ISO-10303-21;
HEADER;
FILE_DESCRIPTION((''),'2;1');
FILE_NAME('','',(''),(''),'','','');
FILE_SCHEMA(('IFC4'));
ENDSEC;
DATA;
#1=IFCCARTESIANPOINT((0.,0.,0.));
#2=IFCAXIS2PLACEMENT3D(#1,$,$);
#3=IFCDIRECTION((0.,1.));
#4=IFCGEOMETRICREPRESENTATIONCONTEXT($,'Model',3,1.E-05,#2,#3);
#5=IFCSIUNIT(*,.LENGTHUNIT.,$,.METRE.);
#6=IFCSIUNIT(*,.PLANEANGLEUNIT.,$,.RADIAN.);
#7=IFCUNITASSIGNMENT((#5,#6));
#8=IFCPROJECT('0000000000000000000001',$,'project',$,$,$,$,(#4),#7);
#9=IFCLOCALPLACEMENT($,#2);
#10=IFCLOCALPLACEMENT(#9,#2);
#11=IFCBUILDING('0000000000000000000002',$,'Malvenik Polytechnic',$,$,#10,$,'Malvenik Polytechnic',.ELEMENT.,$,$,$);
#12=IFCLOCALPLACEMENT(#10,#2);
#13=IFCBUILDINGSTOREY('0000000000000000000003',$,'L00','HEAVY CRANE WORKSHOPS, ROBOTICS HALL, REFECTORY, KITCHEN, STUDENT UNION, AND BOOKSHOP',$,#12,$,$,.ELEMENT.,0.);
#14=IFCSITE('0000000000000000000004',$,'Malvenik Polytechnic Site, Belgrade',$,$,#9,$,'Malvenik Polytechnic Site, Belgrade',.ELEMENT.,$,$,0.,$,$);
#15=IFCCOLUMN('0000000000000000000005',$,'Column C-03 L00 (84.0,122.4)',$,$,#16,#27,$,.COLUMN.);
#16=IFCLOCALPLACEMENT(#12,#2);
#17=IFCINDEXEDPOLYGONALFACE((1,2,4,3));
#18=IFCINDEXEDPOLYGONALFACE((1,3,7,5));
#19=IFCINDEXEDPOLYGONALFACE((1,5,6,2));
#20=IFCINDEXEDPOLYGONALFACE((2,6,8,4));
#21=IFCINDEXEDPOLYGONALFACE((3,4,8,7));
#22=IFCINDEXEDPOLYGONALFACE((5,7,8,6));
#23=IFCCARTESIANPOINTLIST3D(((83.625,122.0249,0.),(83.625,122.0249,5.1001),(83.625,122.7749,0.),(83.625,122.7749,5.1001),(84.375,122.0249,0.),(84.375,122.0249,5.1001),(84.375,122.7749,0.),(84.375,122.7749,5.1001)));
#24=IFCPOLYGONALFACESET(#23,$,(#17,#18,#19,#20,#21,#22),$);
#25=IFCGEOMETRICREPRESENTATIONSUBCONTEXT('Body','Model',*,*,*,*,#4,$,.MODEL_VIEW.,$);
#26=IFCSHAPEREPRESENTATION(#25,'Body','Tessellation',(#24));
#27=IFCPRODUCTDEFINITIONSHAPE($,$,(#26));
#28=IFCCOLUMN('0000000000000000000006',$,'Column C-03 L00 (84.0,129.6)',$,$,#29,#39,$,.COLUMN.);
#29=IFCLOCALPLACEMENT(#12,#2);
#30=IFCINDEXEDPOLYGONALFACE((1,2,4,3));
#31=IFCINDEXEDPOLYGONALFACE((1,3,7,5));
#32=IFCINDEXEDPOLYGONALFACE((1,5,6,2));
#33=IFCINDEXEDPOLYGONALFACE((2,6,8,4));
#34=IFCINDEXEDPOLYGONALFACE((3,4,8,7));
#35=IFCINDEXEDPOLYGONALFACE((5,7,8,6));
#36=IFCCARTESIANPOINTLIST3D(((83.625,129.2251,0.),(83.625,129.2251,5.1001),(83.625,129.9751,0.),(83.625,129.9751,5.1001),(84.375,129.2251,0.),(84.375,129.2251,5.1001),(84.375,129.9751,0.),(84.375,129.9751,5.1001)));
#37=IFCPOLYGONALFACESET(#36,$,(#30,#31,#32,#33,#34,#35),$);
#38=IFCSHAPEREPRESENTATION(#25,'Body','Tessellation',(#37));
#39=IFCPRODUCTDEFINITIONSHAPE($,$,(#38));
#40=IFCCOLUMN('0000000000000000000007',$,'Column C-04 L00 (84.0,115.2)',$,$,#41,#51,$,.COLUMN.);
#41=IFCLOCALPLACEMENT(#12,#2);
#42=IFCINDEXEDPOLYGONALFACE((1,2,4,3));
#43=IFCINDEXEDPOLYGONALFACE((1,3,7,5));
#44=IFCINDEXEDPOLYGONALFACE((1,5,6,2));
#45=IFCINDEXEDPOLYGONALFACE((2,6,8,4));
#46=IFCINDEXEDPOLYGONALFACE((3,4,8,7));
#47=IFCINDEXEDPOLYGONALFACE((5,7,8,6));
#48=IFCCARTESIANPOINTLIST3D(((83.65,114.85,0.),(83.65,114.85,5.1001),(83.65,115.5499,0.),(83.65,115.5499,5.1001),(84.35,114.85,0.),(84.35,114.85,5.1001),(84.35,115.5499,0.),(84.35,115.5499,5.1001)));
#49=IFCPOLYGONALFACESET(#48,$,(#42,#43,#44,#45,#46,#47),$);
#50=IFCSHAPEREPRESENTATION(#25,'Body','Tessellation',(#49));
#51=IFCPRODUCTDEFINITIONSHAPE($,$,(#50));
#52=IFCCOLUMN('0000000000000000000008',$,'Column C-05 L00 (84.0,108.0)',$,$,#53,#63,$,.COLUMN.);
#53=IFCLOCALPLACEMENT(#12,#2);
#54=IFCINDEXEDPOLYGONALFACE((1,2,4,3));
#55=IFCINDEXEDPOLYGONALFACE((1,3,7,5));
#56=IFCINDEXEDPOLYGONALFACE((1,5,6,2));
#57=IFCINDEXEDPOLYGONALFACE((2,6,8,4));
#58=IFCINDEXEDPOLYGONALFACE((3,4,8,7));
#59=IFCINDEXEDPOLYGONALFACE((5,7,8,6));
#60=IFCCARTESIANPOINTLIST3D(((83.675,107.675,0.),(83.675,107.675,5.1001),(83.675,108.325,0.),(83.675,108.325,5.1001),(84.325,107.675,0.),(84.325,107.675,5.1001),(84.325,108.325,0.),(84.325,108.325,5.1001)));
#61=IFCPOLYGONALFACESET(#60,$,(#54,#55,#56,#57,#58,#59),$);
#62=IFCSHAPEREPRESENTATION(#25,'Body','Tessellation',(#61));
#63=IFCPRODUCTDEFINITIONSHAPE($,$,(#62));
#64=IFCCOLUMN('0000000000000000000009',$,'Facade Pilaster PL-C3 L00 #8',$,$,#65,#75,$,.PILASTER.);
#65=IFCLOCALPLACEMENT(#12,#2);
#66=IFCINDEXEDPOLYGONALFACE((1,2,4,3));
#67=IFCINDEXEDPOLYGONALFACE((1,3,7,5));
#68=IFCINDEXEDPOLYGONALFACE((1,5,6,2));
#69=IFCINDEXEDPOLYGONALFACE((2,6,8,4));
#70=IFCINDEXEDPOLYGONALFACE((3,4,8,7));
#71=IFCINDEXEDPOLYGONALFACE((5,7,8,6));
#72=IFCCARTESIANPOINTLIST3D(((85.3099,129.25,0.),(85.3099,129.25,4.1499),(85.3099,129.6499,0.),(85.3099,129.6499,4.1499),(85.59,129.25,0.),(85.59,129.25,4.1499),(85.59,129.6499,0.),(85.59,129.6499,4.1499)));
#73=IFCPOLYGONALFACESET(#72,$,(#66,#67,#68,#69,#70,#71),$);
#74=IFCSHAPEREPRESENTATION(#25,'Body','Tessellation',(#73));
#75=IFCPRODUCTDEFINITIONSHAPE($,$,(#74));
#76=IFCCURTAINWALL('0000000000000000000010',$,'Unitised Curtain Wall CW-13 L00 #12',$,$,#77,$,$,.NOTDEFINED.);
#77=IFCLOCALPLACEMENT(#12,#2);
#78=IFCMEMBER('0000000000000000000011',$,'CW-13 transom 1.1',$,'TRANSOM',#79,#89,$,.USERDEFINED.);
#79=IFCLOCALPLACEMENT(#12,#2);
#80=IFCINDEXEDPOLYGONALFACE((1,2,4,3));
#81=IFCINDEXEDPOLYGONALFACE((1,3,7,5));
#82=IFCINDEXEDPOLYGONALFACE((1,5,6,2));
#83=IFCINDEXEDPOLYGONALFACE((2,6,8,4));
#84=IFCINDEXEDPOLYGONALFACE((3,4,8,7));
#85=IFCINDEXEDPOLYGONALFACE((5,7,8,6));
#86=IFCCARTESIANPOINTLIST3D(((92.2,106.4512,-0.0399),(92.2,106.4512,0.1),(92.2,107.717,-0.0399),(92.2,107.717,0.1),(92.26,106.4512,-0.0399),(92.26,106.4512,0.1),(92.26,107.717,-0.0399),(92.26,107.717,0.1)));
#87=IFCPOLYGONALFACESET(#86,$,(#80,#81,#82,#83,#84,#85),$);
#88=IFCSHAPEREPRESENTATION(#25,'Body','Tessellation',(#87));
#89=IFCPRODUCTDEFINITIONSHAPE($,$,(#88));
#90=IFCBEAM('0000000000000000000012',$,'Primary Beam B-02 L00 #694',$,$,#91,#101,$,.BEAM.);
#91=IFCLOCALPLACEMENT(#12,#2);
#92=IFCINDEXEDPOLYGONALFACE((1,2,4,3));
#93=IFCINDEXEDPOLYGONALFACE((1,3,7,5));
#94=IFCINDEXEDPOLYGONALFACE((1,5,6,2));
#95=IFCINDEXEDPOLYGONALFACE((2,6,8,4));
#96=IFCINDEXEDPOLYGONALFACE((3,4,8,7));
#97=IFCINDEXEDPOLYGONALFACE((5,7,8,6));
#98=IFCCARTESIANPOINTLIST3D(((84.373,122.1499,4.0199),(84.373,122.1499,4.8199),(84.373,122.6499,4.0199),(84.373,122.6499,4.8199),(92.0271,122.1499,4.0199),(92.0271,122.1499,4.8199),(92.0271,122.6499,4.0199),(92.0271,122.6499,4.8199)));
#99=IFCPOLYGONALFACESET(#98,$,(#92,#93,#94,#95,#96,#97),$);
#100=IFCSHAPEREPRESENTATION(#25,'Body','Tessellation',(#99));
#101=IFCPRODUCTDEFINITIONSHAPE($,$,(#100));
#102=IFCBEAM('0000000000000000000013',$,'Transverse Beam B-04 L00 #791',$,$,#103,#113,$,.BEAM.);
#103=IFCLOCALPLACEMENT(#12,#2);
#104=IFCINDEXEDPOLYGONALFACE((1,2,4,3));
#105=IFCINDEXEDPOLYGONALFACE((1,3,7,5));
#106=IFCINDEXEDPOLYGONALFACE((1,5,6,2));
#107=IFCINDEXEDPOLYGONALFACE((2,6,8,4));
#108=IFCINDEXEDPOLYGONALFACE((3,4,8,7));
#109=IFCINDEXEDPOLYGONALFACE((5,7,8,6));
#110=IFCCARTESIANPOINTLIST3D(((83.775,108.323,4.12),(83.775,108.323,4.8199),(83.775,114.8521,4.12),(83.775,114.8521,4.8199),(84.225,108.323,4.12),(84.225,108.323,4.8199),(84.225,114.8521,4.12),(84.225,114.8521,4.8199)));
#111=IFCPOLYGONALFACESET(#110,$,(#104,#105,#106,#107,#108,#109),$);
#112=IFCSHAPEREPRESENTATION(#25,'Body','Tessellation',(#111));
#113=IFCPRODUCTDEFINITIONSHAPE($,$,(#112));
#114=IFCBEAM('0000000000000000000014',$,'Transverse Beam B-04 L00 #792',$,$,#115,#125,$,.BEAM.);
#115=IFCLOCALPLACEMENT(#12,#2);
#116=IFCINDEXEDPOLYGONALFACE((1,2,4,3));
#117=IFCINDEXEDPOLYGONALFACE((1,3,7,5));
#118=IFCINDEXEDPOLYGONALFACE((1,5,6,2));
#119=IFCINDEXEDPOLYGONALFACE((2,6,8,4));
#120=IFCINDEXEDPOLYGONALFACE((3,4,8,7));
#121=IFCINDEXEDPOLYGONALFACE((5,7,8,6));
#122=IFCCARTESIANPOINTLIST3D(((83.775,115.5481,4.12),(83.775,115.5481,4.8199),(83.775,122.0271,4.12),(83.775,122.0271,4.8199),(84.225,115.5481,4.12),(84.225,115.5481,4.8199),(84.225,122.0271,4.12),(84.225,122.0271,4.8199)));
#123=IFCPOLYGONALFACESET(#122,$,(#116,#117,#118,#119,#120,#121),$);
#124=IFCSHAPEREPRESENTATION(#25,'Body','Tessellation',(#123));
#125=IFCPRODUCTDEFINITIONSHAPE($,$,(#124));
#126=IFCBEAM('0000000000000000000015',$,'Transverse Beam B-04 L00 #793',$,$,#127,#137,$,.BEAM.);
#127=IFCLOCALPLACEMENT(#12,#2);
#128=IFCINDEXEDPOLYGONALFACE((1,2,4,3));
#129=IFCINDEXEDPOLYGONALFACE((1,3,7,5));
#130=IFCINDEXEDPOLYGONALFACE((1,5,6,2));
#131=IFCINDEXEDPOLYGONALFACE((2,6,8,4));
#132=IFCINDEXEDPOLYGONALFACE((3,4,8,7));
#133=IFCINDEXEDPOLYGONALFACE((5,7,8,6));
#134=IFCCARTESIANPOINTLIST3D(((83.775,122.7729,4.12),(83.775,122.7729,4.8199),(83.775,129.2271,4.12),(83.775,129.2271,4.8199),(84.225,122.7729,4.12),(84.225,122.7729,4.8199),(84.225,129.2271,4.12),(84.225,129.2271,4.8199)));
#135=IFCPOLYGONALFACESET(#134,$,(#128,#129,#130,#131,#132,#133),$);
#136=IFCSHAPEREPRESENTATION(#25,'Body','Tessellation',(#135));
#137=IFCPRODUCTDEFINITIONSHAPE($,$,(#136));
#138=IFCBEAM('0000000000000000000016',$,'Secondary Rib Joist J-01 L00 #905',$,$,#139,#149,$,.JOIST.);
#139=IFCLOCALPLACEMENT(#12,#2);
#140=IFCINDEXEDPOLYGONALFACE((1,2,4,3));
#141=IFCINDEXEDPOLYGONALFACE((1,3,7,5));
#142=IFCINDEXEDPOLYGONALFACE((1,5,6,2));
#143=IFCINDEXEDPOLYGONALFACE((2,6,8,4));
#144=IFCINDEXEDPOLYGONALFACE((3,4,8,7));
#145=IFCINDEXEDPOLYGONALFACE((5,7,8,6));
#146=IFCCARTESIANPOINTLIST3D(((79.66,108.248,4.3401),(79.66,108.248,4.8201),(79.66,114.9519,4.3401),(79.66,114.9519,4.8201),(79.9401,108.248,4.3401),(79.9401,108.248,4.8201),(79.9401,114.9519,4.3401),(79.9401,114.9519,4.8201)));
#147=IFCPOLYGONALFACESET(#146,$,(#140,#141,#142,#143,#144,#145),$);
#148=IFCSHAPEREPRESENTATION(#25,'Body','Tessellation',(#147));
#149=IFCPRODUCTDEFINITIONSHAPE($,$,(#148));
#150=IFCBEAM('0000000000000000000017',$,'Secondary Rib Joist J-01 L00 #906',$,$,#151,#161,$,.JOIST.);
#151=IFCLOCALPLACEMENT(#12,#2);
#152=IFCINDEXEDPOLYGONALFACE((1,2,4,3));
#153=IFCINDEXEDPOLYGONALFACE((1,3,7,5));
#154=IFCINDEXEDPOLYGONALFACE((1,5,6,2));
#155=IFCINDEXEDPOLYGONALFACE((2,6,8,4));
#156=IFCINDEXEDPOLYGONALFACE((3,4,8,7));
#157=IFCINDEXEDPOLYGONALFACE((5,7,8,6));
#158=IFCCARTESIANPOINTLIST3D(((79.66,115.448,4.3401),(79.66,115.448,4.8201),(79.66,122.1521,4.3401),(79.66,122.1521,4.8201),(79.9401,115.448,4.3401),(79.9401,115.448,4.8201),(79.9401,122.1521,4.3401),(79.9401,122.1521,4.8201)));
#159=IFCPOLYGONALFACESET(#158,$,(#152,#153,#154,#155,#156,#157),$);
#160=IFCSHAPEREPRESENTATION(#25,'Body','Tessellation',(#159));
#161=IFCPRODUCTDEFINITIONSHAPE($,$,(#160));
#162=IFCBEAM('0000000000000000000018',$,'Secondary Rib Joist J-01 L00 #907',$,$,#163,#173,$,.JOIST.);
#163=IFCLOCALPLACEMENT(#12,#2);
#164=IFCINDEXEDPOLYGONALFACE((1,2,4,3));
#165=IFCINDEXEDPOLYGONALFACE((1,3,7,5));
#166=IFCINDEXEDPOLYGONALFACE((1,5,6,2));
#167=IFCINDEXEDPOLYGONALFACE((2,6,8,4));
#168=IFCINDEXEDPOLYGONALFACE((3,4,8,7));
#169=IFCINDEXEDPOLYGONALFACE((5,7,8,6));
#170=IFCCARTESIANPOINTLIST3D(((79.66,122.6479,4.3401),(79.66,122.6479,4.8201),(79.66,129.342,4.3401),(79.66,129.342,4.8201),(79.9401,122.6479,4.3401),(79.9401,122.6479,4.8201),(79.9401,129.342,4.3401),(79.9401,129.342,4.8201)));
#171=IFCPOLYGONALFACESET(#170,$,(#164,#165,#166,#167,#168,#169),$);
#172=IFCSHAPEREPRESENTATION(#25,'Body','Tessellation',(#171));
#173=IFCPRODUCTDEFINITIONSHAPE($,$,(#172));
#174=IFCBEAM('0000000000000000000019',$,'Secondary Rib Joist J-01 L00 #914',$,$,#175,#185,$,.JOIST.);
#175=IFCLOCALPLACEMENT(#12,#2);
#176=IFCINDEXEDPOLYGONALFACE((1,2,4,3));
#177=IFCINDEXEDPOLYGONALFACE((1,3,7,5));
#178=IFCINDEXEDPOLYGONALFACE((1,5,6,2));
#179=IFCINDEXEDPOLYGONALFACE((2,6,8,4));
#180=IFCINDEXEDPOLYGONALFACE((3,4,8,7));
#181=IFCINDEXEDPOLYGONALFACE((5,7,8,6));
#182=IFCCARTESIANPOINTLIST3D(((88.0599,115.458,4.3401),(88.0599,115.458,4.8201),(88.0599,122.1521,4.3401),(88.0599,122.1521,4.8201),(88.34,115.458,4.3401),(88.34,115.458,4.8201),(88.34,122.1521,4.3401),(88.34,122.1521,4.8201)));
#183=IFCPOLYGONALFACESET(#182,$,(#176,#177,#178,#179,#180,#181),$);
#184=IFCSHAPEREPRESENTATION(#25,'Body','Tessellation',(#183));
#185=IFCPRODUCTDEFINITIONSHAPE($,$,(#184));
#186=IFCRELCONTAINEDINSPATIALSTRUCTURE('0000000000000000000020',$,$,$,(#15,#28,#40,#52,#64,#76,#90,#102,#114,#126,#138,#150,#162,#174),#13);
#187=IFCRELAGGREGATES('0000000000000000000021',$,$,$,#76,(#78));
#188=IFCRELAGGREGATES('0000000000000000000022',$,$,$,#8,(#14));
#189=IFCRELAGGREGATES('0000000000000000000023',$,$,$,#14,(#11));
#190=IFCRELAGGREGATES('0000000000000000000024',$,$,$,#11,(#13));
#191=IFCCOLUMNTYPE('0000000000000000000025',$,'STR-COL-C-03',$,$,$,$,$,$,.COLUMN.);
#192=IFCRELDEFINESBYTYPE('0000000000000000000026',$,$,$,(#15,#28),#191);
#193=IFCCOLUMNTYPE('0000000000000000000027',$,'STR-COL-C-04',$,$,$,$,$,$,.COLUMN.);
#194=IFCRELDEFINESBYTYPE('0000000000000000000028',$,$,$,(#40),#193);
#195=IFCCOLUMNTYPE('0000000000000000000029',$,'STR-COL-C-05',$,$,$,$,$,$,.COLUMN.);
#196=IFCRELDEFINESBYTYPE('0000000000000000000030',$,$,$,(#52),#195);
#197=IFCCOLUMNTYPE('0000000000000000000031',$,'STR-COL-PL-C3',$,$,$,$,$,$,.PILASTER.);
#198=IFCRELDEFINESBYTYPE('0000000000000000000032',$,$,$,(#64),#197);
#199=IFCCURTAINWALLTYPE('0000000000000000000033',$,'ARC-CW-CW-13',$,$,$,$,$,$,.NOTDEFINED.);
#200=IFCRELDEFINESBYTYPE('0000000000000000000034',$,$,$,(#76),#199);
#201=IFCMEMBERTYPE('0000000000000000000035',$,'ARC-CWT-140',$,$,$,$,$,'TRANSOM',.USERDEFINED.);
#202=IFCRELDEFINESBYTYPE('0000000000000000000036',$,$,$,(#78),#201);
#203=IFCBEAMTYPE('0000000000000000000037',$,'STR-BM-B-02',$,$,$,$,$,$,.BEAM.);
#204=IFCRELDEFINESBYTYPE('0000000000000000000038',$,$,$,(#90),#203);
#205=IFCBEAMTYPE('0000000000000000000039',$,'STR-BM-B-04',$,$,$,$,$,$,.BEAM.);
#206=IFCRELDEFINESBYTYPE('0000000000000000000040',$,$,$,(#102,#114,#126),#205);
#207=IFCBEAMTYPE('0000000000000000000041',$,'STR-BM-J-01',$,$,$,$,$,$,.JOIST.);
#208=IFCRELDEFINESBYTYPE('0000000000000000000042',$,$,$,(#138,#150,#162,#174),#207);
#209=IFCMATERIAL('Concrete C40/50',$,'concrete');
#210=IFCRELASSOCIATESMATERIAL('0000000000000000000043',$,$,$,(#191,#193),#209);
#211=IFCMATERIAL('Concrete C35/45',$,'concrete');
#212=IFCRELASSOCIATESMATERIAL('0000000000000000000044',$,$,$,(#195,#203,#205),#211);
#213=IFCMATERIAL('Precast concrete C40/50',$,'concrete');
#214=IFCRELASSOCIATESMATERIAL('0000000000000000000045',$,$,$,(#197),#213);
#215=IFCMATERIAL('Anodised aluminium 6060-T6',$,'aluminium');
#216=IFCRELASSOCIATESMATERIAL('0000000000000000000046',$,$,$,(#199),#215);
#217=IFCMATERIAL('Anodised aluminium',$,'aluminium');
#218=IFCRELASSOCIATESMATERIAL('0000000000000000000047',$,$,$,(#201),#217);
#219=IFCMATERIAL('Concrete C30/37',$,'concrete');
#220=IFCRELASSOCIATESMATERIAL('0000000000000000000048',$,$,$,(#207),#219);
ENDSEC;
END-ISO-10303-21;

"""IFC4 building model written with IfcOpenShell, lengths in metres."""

from ifc_helpers import new_model, si_unit, direction, frame, origin, origin_2d, place, context, subcontext, project, spatial, rectangle, extrude, material, material_profile, profile_set, type_object, element, aggregate, save


model = new_model("IFC4")

# Units and contexts
model_context = context("Model", 3, precision=1e-05, world=origin(), true_north=direction((0.0, 1.0)))
body_context = subcontext(model_context, "Body", "Model", "MODEL_VIEW")
ifc_project = project(units=[si_unit("LENGTHUNIT", "METRE"), si_unit("PLANEANGLEUNIT", "RADIAN")], contexts=[model_context])

# Site, building, storey
site_placement = place(None, origin())
site = spatial("IfcSite", under=ifc_project, at=site_placement, Name="Malvenik Polytechnic Site, Belgrade", LongName="Malvenik Polytechnic Site, Belgrade", CompositionType="ELEMENT", RefElevation=0.0)
building_placement = place(site_placement, origin())
building = spatial("IfcBuilding", under=site, at=building_placement, Name="Malvenik Polytechnic", LongName="Malvenik Polytechnic", CompositionType="ELEMENT")
storey_placement = place(building_placement, origin())
storey = spatial("IfcBuildingStorey", under=building, at=storey_placement, Name="L00", Description="HEAVY CRANE WORKSHOPS, ROBOTICS HALL, REFECTORY, KITCHEN, STUDENT UNION, AND BOOKSHOP", CompositionType="ELEMENT", Elevation=0.0)

# Columns
ifc_material_1 = material(Name="Concrete C40/50", Category="concrete")
ifc_material_profile_1 = material_profile(ifc_material_1, rectangle(XDim=0.75, YDim=0.75, at=origin_2d()), Name="RC COL 750x750")
ifc_profile_set_1 = profile_set([ifc_material_profile_1], Name="Concrete C40/50")
column_type_1 = type_object("IfcColumnType", Name="STR-COL-C-03", PredefinedType="COLUMN", material=ifc_profile_set_1)
for number, where, z_axis, x_axis, name in (
    (1, (84.0, 122.3999, 0.0), (0.0, 0.0, 1.0), (1.0, 0.0, 0.0), "Column C-03 L00 (84.0,122.4)"),
    (2, (84.0, 129.6001, 0.0), (0.0, 0.0, 1.0), (1.0, 0.0, 0.0), "Column C-03 L00 (84.0,129.6)"),
):
    element("IfcColumn", number, at=place(storey_placement, frame(where, z_axis=z_axis, x_axis=x_axis)), inside=storey, type_object=column_type_1, Name=name, PredefinedType="COLUMN", context=body_context, shape_type="SweptSolid", body=[
        extrude(rectangle(XDim=0.75, YDim=0.75, at=origin_2d()), origin(), (0.0, 0.0, 1.0), 5.1001),
    ])
ifc_material_profile_2 = material_profile(ifc_material_1, rectangle(XDim=0.7, YDim=0.7, at=origin_2d()), Name="RC COL 700x700")
ifc_profile_set_2 = profile_set([ifc_material_profile_2], Name="Concrete C40/50")
column_type_2 = type_object("IfcColumnType", Name="STR-COL-C-04", PredefinedType="COLUMN", material=ifc_profile_set_2)
column_1_placement = place(storey_placement, frame((84.0, 115.2, 0.0), z_axis=(0.0, 0.0, 1.0), x_axis=(1.0, 0.0, 0.0)))
element("IfcColumn", 3, at=column_1_placement, inside=storey, type_object=column_type_2, Name="Column C-04 L00 (84.0,115.2)", PredefinedType="COLUMN", context=body_context, shape_type="SweptSolid", body=[
    extrude(rectangle(XDim=0.7, YDim=0.7, at=origin_2d()), origin(), (0.0, 0.0, 1.0), 5.1001),
])
ifc_material_2 = material(Name="Concrete C35/45", Category="concrete")
ifc_material_profile_3 = material_profile(ifc_material_2, rectangle(XDim=0.6499, YDim=0.6499, at=origin_2d()), Name="RC COL 650x650")
ifc_profile_set_3 = profile_set([ifc_material_profile_3], Name="Concrete C35/45")
column_type_3 = type_object("IfcColumnType", Name="STR-COL-C-05", PredefinedType="COLUMN", material=ifc_profile_set_3)
column_2_placement = place(storey_placement, frame((84.0, 108.0, 0.0), z_axis=(0.0, 0.0, 1.0), x_axis=(1.0, 0.0, 0.0)))
element("IfcColumn", 4, at=column_2_placement, inside=storey, type_object=column_type_3, Name="Column C-05 L00 (84.0,108.0)", PredefinedType="COLUMN", context=body_context, shape_type="SweptSolid", body=[
    extrude(rectangle(XDim=0.6499, YDim=0.6499, at=origin_2d()), origin(), (0.0, 0.0, 1.0), 5.1001),
])
ifc_material_3 = material(Name="Precast concrete C40/50", Category="concrete")
ifc_material_profile_4 = material_profile(ifc_material_3, rectangle(XDim=0.28, YDim=0.3999, at=origin_2d()), Name="RC PIL 400x280")
ifc_profile_set_4 = profile_set([ifc_material_profile_4], Name="Precast concrete C40/50")
column_type_4 = type_object("IfcColumnType", Name="STR-COL-PL-C3", PredefinedType="PILASTER", material=ifc_profile_set_4)
column_3_placement = place(storey_placement, frame((85.45, 129.45, 0.0), z_axis=(0.0, 0.0, 1.0), x_axis=(1.0, 0.0, 0.0)))
element("IfcColumn", 5, at=column_3_placement, inside=storey, type_object=column_type_4, Name="Facade Pilaster PL-C3 L00 #8", PredefinedType="PILASTER", context=body_context, shape_type="SweptSolid", body=[
    extrude(rectangle(XDim=0.28, YDim=0.3999, at=origin_2d()), origin(), (0.0, 0.0, 1.0), 4.1499),
])

# Curtain wall, member
ifc_material_4 = material(Name="Anodised aluminium 6060-T6", Category="aluminium")
curtain_wall_type = type_object("IfcCurtainWallType", Name="ARC-CW-CW-13", PredefinedType="NOTDEFINED", material=ifc_material_4)
curtain_wall_placement = place(storey_placement, origin())
curtain_wall = element("IfcCurtainWall", 6, at=curtain_wall_placement, inside=storey, type_object=curtain_wall_type, Name="Unitised Curtain Wall CW-13 L00 #12", PredefinedType="NOTDEFINED")
ifc_material_5 = material(Name="Anodised aluminium", Category="aluminium")
ifc_material_profile_5 = material_profile(ifc_material_5, rectangle(XDim=0.0601, YDim=0.1399, at=origin_2d()), Name="ALU TRANSOM 60x140")
ifc_profile_set_5 = profile_set([ifc_material_profile_5], Name="Anodised aluminium")
member_type = type_object("IfcMemberType", Name="ARC-CWT-140", ElementType="TRANSOM", PredefinedType="USERDEFINED", material=ifc_profile_set_5)
member_placement = place(storey_placement, frame((92.23, 107.717, 0.03), z_axis=(0.0, -1.0, 0.0), x_axis=(1.0, 0.0, 0.0)))
member = element("IfcMember", 7, at=member_placement, type_object=member_type, Name="CW-13 transom 1.1", ObjectType="TRANSOM", PredefinedType="USERDEFINED", context=body_context, shape_type="SweptSolid", body=[
    extrude(rectangle(XDim=0.0601, YDim=0.1399, at=origin_2d()), origin(), (0.0, 0.0, 1.0), 1.2659),
])

# Beams
ifc_material_profile_6 = material_profile(ifc_material_2, rectangle(XDim=0.5, YDim=0.8, at=origin_2d()), Name="RC BM 500x800")
ifc_profile_set_6 = profile_set([ifc_material_profile_6], Name="Concrete C35/45")
beam_type_1 = type_object("IfcBeamType", Name="STR-BM-B-02", PredefinedType="BEAM", material=ifc_profile_set_6)
beam_1_placement = place(storey_placement, frame((84.373, 122.3999, 4.4199), z_axis=(1.0, 0.0, 0.0), x_axis=(0.0, 1.0, 0.0)))
element("IfcBeam", 8, at=beam_1_placement, inside=storey, type_object=beam_type_1, Name="Primary Beam B-02 L00 #694", PredefinedType="BEAM", context=body_context, shape_type="SweptSolid", body=[
    extrude(rectangle(XDim=0.5, YDim=0.8, at=origin_2d()), origin(), (0.0, 0.0, 1.0), 7.6541),
])
ifc_material_profile_7 = material_profile(ifc_material_2, rectangle(XDim=0.45, YDim=0.7, at=origin_2d()), Name="RC BM 450x700")
ifc_profile_set_7 = profile_set([ifc_material_profile_7], Name="Concrete C35/45")
beam_type_2 = type_object("IfcBeamType", Name="STR-BM-B-04", PredefinedType="BEAM", material=ifc_profile_set_7)
beam_2_placement = place(storey_placement, frame((84.0, 108.323, 4.47), z_axis=(0.0, 1.0, 0.0), x_axis=(-1.0, 0.0, 0.0)))
element("IfcBeam", 9, at=beam_2_placement, inside=storey, type_object=beam_type_2, Name="Transverse Beam B-04 L00 #791", PredefinedType="BEAM", context=body_context, shape_type="SweptSolid", body=[
    extrude(rectangle(XDim=0.45, YDim=0.7, at=origin_2d()), origin(), (0.0, 0.0, 1.0), 6.5291),
])
beam_3_placement = place(storey_placement, frame((84.0, 115.5481, 4.47), z_axis=(0.0, 1.0, 0.0), x_axis=(-1.0, 0.0, 0.0)))
element("IfcBeam", 10, at=beam_3_placement, inside=storey, type_object=beam_type_2, Name="Transverse Beam B-04 L00 #792", PredefinedType="BEAM", context=body_context, shape_type="SweptSolid", body=[
    extrude(rectangle(XDim=0.45, YDim=0.7, at=origin_2d()), origin(), (0.0, 0.0, 1.0), 6.479),
])
beam_4_placement = place(storey_placement, frame((84.0, 122.7729, 4.47), z_axis=(0.0, 1.0, 0.0), x_axis=(-1.0, 0.0, 0.0)))
element("IfcBeam", 11, at=beam_4_placement, inside=storey, type_object=beam_type_2, Name="Transverse Beam B-04 L00 #793", PredefinedType="BEAM", context=body_context, shape_type="SweptSolid", body=[
    extrude(rectangle(XDim=0.45, YDim=0.7, at=origin_2d()), origin(), (0.0, 0.0, 1.0), 6.4541),
])
ifc_material_6 = material(Name="Concrete C30/37", Category="concrete")
ifc_material_profile_8 = material_profile(ifc_material_6, rectangle(XDim=0.28, YDim=0.48, at=origin_2d()), Name="RC JST 280x480")
ifc_profile_set_8 = profile_set([ifc_material_profile_8], Name="Concrete C30/37")
beam_type_3 = type_object("IfcBeamType", Name="STR-BM-J-01", PredefinedType="JOIST", material=ifc_profile_set_8)
beam_5_placement = place(storey_placement, frame((79.8, 108.248, 4.5801), z_axis=(0.0, 1.0, 0.0), x_axis=(-1.0, 0.0, 0.0)))
element("IfcBeam", 12, at=beam_5_placement, inside=storey, type_object=beam_type_3, Name="Secondary Rib Joist J-01 L00 #905", PredefinedType="JOIST", context=body_context, shape_type="SweptSolid", body=[
    extrude(rectangle(XDim=0.28, YDim=0.48, at=origin_2d()), origin(), (0.0, 0.0, 1.0), 6.7039),
])
beam_6_placement = place(storey_placement, frame((79.8, 115.448, 4.5801), z_axis=(0.0, 1.0, 0.0), x_axis=(-1.0, 0.0, 0.0)))
element("IfcBeam", 13, at=beam_6_placement, inside=storey, type_object=beam_type_3, Name="Secondary Rib Joist J-01 L00 #906", PredefinedType="JOIST", context=body_context, shape_type="SweptSolid", body=[
    extrude(rectangle(XDim=0.28, YDim=0.48, at=origin_2d()), origin(), (0.0, 0.0, 1.0), 6.7041),
])
for number, where, z_axis, x_axis, name in (
    (14, (79.8, 122.6479, 4.5801), (0.0, 1.0, 0.0), (-1.0, 0.0, 0.0), "Secondary Rib Joist J-01 L00 #907"),
    (15, (88.2, 115.458, 4.5801), (0.0, 1.0, 0.0), (-1.0, 0.0, 0.0), "Secondary Rib Joist J-01 L00 #914"),
):
    element("IfcBeam", number, at=place(storey_placement, frame(where, z_axis=z_axis, x_axis=x_axis)), inside=storey, type_object=beam_type_3, Name=name, PredefinedType="JOIST", context=body_context, shape_type="SweptSolid", body=[
        extrude(rectangle(XDim=0.28, YDim=0.48, at=origin_2d()), origin(), (0.0, 0.0, 1.0), 6.6941),
    ])

aggregate(curtain_wall, [member])

save(model, "model.ifc")
